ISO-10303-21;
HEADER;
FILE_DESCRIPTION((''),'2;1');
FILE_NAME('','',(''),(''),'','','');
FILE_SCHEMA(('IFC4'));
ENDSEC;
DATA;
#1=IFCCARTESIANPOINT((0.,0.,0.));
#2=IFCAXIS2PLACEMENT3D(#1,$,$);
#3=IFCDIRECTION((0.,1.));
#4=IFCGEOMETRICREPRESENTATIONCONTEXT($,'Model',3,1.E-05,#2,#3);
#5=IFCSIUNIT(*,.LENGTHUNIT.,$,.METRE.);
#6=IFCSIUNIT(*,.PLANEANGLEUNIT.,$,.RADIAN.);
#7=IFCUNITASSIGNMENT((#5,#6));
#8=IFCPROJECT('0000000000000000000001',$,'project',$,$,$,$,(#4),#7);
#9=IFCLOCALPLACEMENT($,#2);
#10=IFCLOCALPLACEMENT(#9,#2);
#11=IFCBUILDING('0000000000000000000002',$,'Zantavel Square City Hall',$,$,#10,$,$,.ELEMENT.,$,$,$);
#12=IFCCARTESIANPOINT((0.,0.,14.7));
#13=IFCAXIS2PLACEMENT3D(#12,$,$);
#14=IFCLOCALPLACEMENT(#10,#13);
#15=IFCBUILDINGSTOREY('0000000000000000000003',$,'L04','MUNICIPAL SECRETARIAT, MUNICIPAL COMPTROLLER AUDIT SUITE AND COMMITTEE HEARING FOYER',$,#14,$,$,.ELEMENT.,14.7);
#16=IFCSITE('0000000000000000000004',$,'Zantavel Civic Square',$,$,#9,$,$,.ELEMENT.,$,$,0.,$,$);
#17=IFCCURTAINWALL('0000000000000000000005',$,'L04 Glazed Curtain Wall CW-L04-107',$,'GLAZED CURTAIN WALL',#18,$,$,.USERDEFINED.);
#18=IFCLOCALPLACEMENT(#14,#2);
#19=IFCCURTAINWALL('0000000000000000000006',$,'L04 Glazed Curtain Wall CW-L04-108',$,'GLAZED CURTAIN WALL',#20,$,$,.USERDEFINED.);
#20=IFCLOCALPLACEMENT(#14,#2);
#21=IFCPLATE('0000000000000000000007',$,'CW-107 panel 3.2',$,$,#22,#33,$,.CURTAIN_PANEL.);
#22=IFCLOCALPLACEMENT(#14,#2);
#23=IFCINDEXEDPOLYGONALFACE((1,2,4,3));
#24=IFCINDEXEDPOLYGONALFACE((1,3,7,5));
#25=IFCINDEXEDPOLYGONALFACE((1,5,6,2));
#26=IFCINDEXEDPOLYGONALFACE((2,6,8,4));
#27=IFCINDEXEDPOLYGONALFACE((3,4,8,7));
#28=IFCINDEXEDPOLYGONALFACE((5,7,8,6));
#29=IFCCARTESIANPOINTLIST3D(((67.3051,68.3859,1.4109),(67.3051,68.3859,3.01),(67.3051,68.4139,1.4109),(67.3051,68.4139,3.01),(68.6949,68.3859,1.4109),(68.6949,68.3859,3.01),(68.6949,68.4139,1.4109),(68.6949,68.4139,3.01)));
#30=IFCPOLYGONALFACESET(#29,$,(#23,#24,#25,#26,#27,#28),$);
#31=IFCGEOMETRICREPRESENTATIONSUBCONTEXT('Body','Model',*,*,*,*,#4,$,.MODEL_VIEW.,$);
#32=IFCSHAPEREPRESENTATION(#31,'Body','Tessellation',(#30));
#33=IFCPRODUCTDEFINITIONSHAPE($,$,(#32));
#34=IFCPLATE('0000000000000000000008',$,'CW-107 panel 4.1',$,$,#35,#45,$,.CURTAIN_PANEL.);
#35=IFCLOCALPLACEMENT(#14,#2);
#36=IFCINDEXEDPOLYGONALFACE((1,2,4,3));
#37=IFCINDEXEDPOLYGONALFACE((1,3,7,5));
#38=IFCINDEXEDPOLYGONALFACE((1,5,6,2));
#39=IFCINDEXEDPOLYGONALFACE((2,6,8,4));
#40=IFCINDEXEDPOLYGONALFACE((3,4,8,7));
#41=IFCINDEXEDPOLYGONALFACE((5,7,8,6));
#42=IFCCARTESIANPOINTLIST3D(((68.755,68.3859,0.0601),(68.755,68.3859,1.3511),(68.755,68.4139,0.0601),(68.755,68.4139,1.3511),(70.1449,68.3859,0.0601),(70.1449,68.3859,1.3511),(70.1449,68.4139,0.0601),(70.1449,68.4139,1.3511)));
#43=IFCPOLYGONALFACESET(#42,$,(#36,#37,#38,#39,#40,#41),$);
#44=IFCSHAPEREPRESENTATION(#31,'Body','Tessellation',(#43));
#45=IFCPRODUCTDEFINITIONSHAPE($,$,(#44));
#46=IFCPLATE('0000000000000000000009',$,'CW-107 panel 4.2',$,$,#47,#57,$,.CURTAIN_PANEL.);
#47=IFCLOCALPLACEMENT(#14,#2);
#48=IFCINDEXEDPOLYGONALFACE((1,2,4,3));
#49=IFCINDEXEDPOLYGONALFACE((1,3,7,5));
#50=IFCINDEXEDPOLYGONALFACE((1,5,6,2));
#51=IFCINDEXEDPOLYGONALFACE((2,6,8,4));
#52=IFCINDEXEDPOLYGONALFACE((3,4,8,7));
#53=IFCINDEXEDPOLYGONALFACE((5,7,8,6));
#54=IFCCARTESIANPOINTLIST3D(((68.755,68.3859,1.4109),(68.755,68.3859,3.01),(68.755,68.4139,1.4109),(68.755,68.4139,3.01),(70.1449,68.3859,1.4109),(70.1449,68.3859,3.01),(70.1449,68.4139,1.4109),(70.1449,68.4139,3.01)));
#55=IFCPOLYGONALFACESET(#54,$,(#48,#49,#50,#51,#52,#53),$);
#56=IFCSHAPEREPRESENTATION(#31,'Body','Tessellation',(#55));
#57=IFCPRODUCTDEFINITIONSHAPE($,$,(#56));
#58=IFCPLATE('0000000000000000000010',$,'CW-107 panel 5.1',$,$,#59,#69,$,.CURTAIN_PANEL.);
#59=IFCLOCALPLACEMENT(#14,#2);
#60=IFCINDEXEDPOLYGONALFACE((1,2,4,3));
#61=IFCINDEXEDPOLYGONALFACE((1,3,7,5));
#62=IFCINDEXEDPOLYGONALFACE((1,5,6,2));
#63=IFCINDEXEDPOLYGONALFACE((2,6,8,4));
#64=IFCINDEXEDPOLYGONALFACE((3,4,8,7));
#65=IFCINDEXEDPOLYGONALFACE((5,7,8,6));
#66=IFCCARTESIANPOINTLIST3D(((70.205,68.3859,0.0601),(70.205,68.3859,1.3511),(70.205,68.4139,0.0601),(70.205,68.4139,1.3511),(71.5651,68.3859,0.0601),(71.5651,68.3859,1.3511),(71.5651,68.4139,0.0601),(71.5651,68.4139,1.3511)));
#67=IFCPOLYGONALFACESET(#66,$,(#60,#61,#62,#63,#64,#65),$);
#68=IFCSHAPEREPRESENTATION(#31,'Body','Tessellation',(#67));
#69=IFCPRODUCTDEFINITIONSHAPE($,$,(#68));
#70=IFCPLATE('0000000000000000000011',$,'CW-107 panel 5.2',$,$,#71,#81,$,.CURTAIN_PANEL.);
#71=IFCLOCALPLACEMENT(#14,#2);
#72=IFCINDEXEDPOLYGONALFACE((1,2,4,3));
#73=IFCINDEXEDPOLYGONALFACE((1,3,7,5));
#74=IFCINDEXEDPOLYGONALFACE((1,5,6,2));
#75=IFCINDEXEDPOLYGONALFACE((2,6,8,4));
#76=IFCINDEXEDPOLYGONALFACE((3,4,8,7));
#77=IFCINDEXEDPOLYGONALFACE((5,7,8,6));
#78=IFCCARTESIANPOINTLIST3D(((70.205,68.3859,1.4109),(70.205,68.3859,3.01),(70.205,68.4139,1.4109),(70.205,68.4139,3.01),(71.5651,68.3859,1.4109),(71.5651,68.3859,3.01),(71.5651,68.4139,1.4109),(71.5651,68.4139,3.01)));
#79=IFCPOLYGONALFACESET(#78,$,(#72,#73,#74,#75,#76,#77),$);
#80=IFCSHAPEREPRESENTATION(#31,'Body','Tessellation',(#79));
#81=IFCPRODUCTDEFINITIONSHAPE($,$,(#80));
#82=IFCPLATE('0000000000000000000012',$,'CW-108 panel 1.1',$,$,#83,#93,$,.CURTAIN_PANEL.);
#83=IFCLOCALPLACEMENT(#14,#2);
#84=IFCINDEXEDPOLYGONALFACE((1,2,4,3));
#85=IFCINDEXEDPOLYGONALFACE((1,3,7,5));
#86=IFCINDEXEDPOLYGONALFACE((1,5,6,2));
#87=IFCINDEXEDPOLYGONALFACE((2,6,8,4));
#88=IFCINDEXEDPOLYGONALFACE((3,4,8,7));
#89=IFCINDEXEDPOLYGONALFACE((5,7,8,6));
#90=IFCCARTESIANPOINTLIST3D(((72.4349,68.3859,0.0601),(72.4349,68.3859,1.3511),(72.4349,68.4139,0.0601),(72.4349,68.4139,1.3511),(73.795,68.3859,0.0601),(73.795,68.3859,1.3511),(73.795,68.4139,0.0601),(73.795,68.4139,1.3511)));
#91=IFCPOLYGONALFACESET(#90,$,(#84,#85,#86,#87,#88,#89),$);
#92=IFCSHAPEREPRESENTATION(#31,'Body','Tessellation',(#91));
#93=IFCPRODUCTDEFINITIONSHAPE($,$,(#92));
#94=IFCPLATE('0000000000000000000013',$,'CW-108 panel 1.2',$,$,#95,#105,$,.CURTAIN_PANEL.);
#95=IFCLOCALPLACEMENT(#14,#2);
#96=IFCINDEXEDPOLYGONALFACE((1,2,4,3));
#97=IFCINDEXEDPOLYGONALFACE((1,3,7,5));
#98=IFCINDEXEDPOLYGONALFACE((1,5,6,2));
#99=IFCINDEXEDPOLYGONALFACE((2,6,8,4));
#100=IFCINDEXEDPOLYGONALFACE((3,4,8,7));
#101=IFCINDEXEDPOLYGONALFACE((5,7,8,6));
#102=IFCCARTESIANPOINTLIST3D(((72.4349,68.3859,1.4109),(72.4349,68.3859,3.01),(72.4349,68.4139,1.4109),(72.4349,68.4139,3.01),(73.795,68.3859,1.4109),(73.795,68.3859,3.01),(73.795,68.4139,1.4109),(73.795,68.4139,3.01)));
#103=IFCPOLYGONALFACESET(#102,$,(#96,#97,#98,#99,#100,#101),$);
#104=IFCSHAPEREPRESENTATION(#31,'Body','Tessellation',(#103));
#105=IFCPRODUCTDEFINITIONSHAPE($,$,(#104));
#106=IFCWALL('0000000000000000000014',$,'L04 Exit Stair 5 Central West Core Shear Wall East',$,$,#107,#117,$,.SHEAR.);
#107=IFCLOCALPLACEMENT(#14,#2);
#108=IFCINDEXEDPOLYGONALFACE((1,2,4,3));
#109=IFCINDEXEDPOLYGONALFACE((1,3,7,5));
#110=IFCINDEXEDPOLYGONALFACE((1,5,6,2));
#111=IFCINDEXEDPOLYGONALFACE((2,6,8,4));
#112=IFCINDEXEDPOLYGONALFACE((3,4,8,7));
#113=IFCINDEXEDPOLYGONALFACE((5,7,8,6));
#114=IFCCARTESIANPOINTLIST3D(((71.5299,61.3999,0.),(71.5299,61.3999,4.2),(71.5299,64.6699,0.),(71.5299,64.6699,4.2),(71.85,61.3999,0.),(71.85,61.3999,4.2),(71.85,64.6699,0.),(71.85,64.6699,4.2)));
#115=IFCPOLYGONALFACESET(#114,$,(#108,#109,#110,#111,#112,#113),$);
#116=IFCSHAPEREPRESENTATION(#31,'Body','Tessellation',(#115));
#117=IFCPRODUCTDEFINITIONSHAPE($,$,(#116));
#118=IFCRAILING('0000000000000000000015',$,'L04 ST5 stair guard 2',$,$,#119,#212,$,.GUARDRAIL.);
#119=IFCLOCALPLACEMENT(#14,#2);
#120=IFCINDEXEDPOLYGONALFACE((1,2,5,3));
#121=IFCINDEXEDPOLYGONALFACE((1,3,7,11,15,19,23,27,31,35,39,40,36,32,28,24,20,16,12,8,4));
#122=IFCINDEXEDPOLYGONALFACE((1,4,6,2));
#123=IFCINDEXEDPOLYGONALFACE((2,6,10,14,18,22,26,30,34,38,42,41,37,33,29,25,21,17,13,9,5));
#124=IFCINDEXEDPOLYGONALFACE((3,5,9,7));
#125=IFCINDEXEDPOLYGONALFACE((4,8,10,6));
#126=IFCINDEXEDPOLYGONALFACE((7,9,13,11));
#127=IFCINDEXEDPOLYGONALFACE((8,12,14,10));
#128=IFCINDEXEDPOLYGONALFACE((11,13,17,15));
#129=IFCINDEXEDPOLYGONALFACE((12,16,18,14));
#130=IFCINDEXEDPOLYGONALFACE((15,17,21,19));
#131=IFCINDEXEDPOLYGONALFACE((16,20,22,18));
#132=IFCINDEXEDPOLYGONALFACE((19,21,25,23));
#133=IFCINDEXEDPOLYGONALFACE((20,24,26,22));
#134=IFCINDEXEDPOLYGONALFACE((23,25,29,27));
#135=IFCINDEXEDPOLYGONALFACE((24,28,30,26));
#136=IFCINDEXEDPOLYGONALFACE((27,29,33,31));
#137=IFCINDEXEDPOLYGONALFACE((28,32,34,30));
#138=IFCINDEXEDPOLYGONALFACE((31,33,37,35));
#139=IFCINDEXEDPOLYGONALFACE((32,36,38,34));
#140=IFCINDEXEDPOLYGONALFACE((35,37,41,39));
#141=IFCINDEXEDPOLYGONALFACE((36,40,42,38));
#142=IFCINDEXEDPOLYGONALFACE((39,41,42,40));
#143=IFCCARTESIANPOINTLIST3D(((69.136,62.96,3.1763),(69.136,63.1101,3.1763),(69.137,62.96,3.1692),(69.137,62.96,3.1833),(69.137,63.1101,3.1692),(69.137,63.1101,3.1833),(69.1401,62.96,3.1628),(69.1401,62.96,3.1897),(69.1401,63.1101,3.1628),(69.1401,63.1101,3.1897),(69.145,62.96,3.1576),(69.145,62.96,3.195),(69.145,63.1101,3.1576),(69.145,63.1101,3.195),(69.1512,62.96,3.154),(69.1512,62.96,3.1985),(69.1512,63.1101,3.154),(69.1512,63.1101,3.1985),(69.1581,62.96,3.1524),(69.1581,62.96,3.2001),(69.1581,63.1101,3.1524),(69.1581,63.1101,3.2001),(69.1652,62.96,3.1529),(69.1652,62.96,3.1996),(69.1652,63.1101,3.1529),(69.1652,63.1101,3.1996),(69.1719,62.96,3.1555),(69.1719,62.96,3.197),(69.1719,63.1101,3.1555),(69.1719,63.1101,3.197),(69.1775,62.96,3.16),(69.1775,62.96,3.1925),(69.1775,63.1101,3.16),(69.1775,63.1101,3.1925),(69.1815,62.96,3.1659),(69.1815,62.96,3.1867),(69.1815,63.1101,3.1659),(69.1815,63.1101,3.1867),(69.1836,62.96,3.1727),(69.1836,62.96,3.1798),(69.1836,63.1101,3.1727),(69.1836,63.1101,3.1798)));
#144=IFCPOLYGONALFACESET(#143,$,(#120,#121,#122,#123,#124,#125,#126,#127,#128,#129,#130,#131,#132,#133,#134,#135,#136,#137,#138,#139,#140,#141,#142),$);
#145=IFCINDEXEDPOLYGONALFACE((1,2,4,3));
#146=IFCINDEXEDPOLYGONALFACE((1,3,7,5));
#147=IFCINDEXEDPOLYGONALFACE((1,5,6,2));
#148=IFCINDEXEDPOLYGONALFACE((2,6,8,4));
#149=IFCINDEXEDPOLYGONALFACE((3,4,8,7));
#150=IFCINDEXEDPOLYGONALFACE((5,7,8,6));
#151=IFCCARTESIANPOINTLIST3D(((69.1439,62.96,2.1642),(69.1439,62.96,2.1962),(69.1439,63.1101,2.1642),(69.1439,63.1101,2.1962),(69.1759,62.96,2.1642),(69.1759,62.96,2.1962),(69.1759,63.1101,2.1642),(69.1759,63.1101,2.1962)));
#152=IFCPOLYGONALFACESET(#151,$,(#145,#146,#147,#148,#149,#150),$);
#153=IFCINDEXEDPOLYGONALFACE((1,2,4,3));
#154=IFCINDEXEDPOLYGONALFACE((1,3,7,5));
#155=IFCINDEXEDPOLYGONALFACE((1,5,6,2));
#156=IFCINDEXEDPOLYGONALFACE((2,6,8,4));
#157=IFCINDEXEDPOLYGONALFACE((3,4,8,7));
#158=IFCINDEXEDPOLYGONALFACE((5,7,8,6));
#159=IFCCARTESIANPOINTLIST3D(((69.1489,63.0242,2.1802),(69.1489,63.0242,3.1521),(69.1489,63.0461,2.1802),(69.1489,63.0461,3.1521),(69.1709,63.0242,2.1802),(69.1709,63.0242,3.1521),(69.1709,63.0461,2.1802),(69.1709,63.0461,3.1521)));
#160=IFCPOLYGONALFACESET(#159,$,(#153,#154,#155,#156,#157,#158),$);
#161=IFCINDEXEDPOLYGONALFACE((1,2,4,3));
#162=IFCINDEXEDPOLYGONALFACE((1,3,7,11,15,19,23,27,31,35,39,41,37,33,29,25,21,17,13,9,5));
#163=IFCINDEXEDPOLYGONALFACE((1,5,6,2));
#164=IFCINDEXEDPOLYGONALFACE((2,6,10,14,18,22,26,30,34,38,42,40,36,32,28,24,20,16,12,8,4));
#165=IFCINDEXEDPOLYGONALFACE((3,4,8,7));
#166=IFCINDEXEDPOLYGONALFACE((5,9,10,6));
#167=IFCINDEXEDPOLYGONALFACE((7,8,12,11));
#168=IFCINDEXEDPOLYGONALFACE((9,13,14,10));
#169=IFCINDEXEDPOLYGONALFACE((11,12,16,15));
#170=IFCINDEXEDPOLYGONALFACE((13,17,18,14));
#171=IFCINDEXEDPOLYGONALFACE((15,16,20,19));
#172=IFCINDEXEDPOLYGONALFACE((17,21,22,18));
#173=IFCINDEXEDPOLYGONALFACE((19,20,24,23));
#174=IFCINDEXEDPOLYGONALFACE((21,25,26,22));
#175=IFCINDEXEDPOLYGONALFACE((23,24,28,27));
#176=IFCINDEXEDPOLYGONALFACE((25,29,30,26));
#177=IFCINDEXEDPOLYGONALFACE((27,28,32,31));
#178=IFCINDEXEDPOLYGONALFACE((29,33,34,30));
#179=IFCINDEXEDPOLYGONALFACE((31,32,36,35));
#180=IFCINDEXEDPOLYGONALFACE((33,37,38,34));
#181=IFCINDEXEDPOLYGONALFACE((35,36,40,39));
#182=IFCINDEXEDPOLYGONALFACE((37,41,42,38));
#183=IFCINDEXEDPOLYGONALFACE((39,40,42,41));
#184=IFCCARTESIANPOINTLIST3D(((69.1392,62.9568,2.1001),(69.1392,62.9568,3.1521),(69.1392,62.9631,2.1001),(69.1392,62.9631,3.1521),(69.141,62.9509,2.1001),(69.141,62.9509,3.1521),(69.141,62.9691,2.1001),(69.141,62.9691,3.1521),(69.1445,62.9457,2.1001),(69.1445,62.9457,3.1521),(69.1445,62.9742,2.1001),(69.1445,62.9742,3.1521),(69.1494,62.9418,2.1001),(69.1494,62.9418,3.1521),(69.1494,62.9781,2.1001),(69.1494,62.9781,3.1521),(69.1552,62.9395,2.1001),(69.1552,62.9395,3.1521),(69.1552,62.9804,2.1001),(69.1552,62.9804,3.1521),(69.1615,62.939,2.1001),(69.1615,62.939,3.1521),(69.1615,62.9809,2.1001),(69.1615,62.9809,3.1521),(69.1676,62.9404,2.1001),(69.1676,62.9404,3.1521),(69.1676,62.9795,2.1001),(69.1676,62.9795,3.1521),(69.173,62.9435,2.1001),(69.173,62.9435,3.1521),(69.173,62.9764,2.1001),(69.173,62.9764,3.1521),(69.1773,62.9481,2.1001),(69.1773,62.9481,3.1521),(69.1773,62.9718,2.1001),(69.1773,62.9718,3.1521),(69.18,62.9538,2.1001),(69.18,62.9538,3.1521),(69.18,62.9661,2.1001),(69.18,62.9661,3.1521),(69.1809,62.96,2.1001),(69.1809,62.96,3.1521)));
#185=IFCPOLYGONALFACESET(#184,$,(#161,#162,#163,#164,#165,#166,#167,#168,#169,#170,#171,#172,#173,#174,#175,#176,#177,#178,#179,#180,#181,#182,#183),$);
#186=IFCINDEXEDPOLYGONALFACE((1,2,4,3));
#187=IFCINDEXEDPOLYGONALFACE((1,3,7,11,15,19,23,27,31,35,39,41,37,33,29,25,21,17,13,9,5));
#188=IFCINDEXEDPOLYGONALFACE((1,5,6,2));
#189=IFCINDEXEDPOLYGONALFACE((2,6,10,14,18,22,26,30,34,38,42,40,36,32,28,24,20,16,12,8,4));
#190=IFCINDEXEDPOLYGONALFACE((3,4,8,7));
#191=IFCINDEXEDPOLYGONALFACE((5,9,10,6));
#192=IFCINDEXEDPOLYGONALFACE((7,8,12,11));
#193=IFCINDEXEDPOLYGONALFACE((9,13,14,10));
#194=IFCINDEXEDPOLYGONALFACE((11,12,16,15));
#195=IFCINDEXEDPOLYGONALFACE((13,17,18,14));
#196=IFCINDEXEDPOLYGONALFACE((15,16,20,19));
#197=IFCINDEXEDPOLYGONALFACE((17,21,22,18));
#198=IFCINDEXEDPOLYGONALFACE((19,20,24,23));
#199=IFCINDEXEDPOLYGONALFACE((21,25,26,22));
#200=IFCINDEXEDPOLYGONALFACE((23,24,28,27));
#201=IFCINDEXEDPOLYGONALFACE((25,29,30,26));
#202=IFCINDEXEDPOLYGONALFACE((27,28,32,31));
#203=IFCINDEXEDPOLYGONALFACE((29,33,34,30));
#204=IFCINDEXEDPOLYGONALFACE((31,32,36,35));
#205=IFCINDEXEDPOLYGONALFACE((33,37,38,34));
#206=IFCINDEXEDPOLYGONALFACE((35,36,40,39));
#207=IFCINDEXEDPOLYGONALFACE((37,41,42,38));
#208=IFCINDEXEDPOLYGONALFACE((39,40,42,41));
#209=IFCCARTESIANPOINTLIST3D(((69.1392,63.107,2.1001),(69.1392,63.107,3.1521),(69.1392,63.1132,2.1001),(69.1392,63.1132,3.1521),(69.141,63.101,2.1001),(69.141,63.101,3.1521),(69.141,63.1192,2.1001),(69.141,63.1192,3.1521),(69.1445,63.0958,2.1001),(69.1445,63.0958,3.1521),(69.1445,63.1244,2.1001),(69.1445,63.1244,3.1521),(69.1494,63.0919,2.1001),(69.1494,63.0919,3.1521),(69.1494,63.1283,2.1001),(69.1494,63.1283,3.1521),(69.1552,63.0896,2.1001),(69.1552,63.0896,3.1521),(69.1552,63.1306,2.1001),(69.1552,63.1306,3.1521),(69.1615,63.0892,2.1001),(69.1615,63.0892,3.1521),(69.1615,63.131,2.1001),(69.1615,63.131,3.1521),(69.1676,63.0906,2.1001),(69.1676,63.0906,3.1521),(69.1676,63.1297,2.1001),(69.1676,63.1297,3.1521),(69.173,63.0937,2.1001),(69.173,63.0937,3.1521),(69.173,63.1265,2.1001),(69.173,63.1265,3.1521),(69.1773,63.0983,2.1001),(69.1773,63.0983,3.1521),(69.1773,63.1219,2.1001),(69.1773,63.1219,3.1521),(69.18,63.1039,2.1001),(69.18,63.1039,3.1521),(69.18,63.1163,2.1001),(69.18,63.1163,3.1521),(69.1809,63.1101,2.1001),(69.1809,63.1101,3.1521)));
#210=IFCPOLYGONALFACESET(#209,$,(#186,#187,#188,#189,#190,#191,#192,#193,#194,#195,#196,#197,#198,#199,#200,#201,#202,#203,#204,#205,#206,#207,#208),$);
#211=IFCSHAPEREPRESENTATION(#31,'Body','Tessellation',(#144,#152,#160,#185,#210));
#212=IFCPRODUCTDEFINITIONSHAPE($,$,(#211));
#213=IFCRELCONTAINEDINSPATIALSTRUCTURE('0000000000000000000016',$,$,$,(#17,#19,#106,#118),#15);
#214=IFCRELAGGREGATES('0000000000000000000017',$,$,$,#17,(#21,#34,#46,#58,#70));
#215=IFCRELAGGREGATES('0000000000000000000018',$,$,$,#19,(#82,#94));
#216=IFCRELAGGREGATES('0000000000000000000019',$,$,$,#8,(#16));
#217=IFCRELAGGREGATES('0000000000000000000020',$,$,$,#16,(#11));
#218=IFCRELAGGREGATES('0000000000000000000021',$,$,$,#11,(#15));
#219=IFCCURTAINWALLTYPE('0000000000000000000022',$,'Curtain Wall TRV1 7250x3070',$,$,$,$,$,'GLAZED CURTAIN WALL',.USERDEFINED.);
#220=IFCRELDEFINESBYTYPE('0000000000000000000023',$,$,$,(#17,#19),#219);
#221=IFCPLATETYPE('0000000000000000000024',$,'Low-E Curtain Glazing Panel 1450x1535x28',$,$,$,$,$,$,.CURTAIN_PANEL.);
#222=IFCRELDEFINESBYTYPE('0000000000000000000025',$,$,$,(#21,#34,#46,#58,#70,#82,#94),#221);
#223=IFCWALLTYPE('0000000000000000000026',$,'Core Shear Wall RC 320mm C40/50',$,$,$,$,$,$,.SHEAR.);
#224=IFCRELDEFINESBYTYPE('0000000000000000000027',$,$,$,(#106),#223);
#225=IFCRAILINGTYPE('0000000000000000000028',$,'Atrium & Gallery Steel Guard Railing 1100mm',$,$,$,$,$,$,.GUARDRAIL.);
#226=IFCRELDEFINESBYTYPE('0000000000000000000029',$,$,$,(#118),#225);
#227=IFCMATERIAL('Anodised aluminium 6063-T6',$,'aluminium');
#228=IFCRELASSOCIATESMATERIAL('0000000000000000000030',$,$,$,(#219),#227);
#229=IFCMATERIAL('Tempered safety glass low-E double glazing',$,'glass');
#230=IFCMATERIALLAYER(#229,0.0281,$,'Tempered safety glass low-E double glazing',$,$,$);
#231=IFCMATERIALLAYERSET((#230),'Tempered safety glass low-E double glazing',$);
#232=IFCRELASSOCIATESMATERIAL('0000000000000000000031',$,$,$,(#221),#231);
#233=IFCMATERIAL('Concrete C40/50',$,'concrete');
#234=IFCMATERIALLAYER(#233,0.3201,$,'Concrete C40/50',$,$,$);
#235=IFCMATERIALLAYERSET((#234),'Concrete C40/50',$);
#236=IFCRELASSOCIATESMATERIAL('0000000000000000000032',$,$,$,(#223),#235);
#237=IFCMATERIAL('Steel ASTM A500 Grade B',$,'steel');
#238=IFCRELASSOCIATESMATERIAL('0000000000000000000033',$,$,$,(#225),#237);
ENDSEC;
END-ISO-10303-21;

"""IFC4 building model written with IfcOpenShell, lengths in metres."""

from ifc_helpers import new_model, si_unit, direction, frame, frame_2d, origin, origin_2d, place, context, subcontext, project, spatial, rectangle, circle, extrude, material, layer, layer_set, type_object, element, aggregate, save


model = new_model("IFC4")

# Units and contexts
model_context = context("Model", 3, precision=1e-05, world=origin(), true_north=direction((0.0, 1.0)))
body_context = subcontext(model_context, "Body", "Model", "MODEL_VIEW")
ifc_project = project(units=[si_unit("LENGTHUNIT", "METRE"), si_unit("PLANEANGLEUNIT", "RADIAN")], contexts=[model_context])

# Site, building, storey
site_placement = place(None, origin())
site = spatial("IfcSite", under=ifc_project, at=site_placement, Name="Zantavel Civic Square", CompositionType="ELEMENT", RefElevation=0.0)
building_placement = place(site_placement, origin())
building = spatial("IfcBuilding", under=site, at=building_placement, Name="Zantavel Square City Hall", CompositionType="ELEMENT")
storey_placement = place(building_placement, frame((0.0, 0.0, 14.7)))
storey = spatial("IfcBuildingStorey", under=building, at=storey_placement, Name="L04", Description="MUNICIPAL SECRETARIAT, MUNICIPAL COMPTROLLER AUDIT SUITE AND COMMITTEE HEARING FOYER", CompositionType="ELEMENT", Elevation=14.7)

# Shared definitions
ifc_material_1 = material(Name="Concrete C40/50", Category="concrete")

# Curtain wall
ifc_material_2 = material(Name="Anodised aluminium 6063-T6", Category="aluminium")
curtain_wall_type = type_object("IfcCurtainWallType", Name="Curtain Wall TRV1 7250x3070", ElementType="GLAZED CURTAIN WALL", PredefinedType="USERDEFINED", material=ifc_material_2)
curtain_wall_1_placement = place(storey_placement, origin())
curtain_wall_1 = element("IfcCurtainWall", 1, at=curtain_wall_1_placement, inside=storey, type_object=curtain_wall_type, Name="L04 Glazed Curtain Wall CW-L04-107", ObjectType="GLAZED CURTAIN WALL", PredefinedType="USERDEFINED")

# Curtain wall
curtain_wall_2_placement = place(storey_placement, origin())
curtain_wall_2 = element("IfcCurtainWall", 2, at=curtain_wall_2_placement, inside=storey, type_object=curtain_wall_type, Name="L04 Glazed Curtain Wall CW-L04-108", ObjectType="GLAZED CURTAIN WALL", PredefinedType="USERDEFINED")

# Plates
ifc_material_3 = material(Name="Tempered safety glass low-E double glazing", Category="glass")
ifc_layer_1 = layer(ifc_material_3, 0.0281, Name="Tempered safety glass low-E double glazing")
ifc_layer_set_1 = layer_set([ifc_layer_1], Name="Tempered safety glass low-E double glazing")
plate_type = type_object("IfcPlateType", Name="Low-E Curtain Glazing Panel 1450x1535x28", PredefinedType="CURTAIN_PANEL", material=ifc_layer_set_1)
plate_1_placement = place(storey_placement, frame((68.0, 68.3999, 1.4109), z_axis=(0.0, 0.0, 1.0), x_axis=(1.0, 0.0, 0.0)))
plate_1 = element("IfcPlate", 3, at=plate_1_placement, type_object=plate_type, Name="CW-107 panel 3.2", PredefinedType="CURTAIN_PANEL", context=body_context, shape_type="SweptSolid", body=[
    extrude(rectangle(XDim=1.3899, YDim=0.0281, at=origin_2d()), origin(), (0.0, 0.0, 1.0), 1.5991),
])
plate_2_placement = place(storey_placement, frame((69.45, 68.3999, 0.0601), z_axis=(0.0, 0.0, 1.0), x_axis=(1.0, 0.0, 0.0)))
plate_2 = element("IfcPlate", 4, at=plate_2_placement, type_object=plate_type, Name="CW-107 panel 4.1", PredefinedType="CURTAIN_PANEL", context=body_context, shape_type="SweptSolid", body=[
    extrude(rectangle(XDim=1.3899, YDim=0.0281, at=origin_2d()), origin(), (0.0, 0.0, 1.0), 1.291),
])
plate_3_placement = place(storey_placement, frame((69.45, 68.3999, 1.4109), z_axis=(0.0, 0.0, 1.0), x_axis=(1.0, 0.0, 0.0)))
plate_3 = element("IfcPlate", 5, at=plate_3_placement, type_object=plate_type, Name="CW-107 panel 4.2", PredefinedType="CURTAIN_PANEL", context=body_context, shape_type="SweptSolid", body=[
    extrude(rectangle(XDim=1.3899, YDim=0.0281, at=origin_2d()), origin(), (0.0, 0.0, 1.0), 1.5991),
])
plate_4_placement = place(storey_placement, frame((70.885, 68.3999, 0.0601), z_axis=(0.0, 0.0, 1.0), x_axis=(1.0, 0.0, 0.0)))
plate_4 = element("IfcPlate", 6, at=plate_4_placement, type_object=plate_type, Name="CW-107 panel 5.1", PredefinedType="CURTAIN_PANEL", context=body_context, shape_type="SweptSolid", body=[
    extrude(rectangle(XDim=1.3601, YDim=0.0281, at=origin_2d()), origin(), (0.0, 0.0, 1.0), 1.291),
])
plate_5_placement = place(storey_placement, frame((70.885, 68.3999, 1.4109), z_axis=(0.0, 0.0, 1.0), x_axis=(1.0, 0.0, 0.0)))
plate_5 = element("IfcPlate", 7, at=plate_5_placement, type_object=plate_type, Name="CW-107 panel 5.2", PredefinedType="CURTAIN_PANEL", context=body_context, shape_type="SweptSolid", body=[
    extrude(rectangle(XDim=1.3601, YDim=0.0281, at=origin_2d()), origin(), (0.0, 0.0, 1.0), 1.5991),
])
aggregate(curtain_wall_1, [plate_1, plate_2, plate_3, plate_4, plate_5])
plate_6_placement = place(storey_placement, frame((73.115, 68.3999, 0.0601), z_axis=(0.0, 0.0, 1.0), x_axis=(1.0, 0.0, 0.0)))
plate_6 = element("IfcPlate", 8, at=plate_6_placement, type_object=plate_type, Name="CW-108 panel 1.1", PredefinedType="CURTAIN_PANEL", context=body_context, shape_type="SweptSolid", body=[
    extrude(rectangle(XDim=1.3601, YDim=0.0281, at=origin_2d()), origin(), (0.0, 0.0, 1.0), 1.291),
])
plate_7_placement = place(storey_placement, frame((73.115, 68.3999, 1.4109), z_axis=(0.0, 0.0, 1.0), x_axis=(1.0, 0.0, 0.0)))
plate_7 = element("IfcPlate", 9, at=plate_7_placement, type_object=plate_type, Name="CW-108 panel 1.2", PredefinedType="CURTAIN_PANEL", context=body_context, shape_type="SweptSolid", body=[
    extrude(rectangle(XDim=1.3601, YDim=0.0281, at=origin_2d()), origin(), (0.0, 0.0, 1.0), 1.5991),
])
aggregate(curtain_wall_2, [plate_6, plate_7])

# Wall
ifc_layer_2 = layer(ifc_material_1, 0.3201, Name="Concrete C40/50")
ifc_layer_set_2 = layer_set([ifc_layer_2], Name="Concrete C40/50")
wall_type = type_object("IfcWallType", Name="Core Shear Wall RC 320mm C40/50", PredefinedType="SHEAR", material=ifc_layer_set_2)
wall_placement = place(storey_placement, frame((71.6899, 64.6699, 0.0), z_axis=(0.0, 0.0, 1.0), x_axis=(0.0, -1.0, 0.0)))
element("IfcWall", 10, at=wall_placement, inside=storey, type_object=wall_type, Name="L04 Exit Stair 5 Central West Core Shear Wall East", PredefinedType="SHEAR", context=body_context, shape_type="SweptSolid", body=[
    extrude(rectangle(XDim=3.27, YDim=0.3201, at=frame_2d((1.635, 0.0))), origin(), (0.0, 0.0, 1.0), 4.2),
])

# Railing
ifc_material_4 = material(Name="Steel ASTM A500 Grade B", Category="steel")
railing_type_1 = type_object("IfcRailingType", Name="Atrium & Gallery Steel Guard Railing 1100mm", PredefinedType="GUARDRAIL", material=ifc_material_4)
railing_1_placement = place(storey_placement, frame((69.1599, 62.96, 2.1001)))
element("IfcRailing", 11, at=railing_1_placement, inside=storey, type_object=railing_type_1, Name="L04 ST5 stair guard 2", PredefinedType="GUARDRAIL", context=body_context, shape_type="SweptSolid", body=[
    extrude(circle(Radius=0.0239, at=origin_2d()), frame((0.0, 0.0, 1.0762), z_axis=(0.0, 1.0, 0.0), x_axis=(-1.0, 0.0, 0.0)), (0.0, 0.0, 1.0), 0.1501),
    extrude(rectangle(XDim=0.032, YDim=0.032, at=origin_2d()), frame((0.0, 0.0, 0.0801), z_axis=(0.0, 1.0, 0.0), x_axis=(-1.0, 0.0, 0.0)), (0.0, 0.0, 1.0), 0.1501),
    extrude(rectangle(XDim=0.022, YDim=0.022, at=origin_2d()), frame((0.0, 0.0752, 0.0801)), (0.0, 0.0, 1.0), 0.9719),
    extrude(circle(Radius=0.021, at=origin_2d()), origin(), (0.0, 0.0, 1.0), 1.052),
    extrude(circle(Radius=0.021, at=origin_2d()), frame((0.0, 0.1501, 0.0)), (0.0, 0.0, 1.0), 1.052),
])

save(model, "model.ifc")
